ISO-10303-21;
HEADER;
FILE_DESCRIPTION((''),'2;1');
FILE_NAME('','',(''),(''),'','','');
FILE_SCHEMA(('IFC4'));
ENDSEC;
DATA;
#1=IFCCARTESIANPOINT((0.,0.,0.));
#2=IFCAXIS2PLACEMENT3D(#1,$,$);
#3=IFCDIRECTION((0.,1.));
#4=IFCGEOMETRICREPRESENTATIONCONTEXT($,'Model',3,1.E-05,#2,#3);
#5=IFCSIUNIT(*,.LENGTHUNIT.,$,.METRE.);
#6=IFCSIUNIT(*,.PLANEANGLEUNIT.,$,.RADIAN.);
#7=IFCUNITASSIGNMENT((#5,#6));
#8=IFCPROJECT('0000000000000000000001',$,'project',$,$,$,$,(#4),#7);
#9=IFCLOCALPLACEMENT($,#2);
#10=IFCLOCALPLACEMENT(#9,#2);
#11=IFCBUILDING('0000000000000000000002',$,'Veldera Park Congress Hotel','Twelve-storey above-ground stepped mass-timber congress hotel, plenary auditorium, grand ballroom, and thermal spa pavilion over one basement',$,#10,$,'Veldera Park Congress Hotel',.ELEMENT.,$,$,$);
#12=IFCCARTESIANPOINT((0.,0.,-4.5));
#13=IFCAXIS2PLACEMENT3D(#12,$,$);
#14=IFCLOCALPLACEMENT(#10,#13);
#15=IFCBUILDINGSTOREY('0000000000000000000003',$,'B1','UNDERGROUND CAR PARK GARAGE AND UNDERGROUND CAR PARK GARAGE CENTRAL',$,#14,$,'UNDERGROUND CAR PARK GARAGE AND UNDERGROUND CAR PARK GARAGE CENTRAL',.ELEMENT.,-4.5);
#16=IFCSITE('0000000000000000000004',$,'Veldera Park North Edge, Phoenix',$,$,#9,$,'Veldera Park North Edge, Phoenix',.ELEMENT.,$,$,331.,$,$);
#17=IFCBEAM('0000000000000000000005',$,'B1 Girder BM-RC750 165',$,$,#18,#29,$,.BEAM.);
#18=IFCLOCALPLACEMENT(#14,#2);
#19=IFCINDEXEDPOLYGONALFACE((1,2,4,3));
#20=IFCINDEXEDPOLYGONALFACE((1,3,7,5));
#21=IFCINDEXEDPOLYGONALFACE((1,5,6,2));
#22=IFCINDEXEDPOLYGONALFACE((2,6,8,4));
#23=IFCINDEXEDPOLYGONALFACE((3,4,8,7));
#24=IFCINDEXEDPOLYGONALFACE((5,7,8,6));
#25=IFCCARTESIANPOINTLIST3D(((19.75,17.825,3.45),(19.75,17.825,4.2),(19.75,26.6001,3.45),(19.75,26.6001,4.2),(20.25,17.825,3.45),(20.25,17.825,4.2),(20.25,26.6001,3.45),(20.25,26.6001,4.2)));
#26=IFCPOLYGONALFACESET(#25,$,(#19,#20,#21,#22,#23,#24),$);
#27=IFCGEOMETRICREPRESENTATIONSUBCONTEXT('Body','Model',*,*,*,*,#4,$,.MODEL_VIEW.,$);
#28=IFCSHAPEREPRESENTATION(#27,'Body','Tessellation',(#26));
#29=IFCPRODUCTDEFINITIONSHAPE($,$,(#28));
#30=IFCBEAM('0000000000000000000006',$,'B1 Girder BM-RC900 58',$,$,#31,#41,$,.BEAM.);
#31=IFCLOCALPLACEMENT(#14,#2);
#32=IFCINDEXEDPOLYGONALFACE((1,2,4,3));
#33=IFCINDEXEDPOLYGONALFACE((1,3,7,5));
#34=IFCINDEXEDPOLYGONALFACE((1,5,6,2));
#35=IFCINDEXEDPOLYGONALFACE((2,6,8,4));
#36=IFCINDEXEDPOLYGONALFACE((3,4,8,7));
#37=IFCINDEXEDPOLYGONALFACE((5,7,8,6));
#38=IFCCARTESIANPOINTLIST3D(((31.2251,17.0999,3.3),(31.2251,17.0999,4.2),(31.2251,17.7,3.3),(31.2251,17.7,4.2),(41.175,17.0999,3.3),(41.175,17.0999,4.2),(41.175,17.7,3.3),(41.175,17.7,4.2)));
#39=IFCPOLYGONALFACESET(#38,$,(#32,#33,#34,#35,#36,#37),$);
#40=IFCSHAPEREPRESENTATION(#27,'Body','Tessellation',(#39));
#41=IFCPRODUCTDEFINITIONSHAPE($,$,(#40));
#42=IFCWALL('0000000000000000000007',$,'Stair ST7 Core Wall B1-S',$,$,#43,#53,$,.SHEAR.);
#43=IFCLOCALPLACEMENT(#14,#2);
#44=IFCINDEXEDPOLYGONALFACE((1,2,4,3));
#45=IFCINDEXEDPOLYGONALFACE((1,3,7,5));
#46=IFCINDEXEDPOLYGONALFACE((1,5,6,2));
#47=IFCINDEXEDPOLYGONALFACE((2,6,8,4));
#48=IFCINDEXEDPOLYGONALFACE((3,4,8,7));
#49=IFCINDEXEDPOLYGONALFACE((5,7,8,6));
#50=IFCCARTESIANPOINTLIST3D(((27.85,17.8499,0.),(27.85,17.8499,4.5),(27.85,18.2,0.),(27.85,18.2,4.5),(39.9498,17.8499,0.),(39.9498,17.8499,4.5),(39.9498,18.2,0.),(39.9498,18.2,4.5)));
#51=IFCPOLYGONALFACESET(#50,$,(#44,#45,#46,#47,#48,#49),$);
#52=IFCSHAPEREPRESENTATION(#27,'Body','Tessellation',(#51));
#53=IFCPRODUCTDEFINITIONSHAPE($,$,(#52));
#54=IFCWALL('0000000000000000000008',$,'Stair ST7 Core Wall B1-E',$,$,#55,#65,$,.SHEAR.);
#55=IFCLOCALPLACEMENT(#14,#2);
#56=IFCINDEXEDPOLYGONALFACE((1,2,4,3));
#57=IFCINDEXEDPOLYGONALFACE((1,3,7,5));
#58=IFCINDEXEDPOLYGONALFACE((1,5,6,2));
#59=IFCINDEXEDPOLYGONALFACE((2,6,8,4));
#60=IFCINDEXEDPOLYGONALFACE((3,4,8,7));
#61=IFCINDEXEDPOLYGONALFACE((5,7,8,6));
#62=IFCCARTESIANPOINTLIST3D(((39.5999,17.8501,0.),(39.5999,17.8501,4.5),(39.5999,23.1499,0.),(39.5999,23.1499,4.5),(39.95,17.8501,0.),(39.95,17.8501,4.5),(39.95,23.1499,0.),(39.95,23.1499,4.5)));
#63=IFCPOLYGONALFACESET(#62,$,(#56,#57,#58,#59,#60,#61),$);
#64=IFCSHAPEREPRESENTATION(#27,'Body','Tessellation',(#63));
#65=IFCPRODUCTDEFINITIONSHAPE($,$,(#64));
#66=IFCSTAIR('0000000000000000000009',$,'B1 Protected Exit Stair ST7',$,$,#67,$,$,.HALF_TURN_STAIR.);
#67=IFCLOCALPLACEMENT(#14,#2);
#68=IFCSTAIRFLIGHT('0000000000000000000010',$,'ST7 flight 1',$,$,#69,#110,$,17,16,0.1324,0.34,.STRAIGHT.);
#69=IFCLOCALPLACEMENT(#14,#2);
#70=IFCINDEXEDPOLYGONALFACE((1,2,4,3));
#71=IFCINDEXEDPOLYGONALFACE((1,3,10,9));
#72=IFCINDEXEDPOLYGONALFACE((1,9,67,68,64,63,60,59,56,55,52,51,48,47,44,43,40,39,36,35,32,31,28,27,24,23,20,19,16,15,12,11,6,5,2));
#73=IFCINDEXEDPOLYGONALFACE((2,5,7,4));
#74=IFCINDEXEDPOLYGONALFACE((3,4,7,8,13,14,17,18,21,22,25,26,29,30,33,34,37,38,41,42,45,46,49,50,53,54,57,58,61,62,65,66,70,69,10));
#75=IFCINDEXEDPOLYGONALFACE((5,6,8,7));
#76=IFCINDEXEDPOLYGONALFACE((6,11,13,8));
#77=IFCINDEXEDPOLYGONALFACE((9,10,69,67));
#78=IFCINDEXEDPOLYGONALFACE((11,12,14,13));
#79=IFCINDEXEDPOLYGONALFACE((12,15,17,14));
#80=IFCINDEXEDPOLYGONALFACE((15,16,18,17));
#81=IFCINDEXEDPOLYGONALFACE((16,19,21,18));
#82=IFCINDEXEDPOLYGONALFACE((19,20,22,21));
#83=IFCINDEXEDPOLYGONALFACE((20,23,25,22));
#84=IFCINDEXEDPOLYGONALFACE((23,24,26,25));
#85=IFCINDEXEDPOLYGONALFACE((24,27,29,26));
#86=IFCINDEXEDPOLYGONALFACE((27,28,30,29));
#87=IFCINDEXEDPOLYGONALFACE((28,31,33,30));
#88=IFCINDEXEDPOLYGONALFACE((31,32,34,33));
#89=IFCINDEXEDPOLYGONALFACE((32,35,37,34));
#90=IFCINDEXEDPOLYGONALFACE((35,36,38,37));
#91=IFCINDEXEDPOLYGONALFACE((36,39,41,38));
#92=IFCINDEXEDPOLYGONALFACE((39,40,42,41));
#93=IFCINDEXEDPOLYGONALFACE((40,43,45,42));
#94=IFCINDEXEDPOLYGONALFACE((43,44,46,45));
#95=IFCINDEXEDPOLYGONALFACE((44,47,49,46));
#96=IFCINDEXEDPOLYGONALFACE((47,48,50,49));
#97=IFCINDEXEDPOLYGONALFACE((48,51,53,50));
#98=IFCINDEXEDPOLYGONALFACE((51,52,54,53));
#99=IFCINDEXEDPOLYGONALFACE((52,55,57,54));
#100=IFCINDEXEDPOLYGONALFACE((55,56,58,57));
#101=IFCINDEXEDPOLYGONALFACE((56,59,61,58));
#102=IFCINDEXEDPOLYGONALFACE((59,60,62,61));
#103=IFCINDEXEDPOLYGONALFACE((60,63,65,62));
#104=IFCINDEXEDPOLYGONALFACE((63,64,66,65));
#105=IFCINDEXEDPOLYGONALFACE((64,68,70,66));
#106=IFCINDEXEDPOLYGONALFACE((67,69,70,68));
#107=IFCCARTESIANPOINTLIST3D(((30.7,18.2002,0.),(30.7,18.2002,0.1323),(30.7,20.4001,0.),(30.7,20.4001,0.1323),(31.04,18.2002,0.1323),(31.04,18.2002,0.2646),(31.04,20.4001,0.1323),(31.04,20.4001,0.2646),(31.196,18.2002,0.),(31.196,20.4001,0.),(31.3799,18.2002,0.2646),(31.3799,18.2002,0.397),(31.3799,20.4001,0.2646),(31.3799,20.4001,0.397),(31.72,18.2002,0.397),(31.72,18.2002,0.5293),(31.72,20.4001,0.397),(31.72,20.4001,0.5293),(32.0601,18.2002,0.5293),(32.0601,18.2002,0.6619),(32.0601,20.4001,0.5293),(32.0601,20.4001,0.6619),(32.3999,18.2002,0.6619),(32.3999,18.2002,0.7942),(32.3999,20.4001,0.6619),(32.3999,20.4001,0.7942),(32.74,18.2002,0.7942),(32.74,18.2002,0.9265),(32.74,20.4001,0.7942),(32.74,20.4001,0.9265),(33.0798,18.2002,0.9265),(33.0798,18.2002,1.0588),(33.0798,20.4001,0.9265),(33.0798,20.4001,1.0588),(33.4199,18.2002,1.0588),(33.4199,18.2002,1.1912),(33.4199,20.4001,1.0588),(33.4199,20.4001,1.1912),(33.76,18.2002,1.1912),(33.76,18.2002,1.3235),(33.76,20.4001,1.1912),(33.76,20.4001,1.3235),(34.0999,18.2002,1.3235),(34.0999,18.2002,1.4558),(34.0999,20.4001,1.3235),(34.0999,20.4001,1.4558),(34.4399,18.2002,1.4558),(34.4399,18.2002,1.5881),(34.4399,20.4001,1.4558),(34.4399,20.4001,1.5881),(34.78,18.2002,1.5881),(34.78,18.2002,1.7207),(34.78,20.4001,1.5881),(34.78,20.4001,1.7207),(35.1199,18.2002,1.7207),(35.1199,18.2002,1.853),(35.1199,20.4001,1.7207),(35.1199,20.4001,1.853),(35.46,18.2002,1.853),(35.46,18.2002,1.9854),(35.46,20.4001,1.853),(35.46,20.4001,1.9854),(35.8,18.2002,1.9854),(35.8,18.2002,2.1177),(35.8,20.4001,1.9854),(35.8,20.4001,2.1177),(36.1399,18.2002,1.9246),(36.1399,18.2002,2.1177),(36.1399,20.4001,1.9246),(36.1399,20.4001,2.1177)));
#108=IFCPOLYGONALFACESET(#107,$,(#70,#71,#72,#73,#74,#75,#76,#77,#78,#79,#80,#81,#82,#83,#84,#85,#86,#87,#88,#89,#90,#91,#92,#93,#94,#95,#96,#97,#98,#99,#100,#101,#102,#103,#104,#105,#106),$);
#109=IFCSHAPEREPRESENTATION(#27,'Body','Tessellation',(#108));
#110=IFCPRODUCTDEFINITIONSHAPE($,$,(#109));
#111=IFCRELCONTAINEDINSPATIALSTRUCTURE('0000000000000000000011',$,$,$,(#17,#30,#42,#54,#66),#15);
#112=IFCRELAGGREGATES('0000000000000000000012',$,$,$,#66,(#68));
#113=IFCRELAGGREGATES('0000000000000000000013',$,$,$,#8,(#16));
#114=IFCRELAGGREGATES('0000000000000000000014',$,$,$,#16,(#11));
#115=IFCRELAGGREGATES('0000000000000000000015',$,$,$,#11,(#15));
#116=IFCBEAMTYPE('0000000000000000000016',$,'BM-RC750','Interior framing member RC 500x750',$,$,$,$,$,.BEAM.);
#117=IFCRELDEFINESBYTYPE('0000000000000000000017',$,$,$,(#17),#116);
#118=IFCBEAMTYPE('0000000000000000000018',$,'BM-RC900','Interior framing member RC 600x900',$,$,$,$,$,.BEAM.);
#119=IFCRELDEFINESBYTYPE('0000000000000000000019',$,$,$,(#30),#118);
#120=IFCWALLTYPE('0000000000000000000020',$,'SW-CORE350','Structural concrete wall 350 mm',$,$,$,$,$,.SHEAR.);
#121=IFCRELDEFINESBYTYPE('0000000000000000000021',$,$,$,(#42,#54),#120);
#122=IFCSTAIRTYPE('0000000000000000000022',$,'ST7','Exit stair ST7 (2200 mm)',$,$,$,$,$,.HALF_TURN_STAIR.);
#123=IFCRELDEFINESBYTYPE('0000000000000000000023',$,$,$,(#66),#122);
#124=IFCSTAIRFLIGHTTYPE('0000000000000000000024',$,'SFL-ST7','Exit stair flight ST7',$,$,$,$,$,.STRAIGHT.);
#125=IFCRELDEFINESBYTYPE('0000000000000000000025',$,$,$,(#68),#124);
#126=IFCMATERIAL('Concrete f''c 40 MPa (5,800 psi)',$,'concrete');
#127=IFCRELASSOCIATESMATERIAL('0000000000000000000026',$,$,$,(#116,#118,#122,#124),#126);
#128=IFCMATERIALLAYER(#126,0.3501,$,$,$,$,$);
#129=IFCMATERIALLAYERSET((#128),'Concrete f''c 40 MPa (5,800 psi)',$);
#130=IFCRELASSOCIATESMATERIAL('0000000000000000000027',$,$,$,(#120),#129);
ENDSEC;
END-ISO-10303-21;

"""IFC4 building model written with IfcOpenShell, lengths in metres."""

from ifc_helpers import new_model, si_unit, direction, frame, frame_2d, origin, origin_2d, place, context, subcontext, project, spatial, polyline, rectangle, outline, extrude, material, layer, layer_set, material_profile, profile_set, type_object, element, aggregate, save


model = new_model("IFC4")

# Units and contexts
model_context = context("Model", 3, precision=1e-05, world=origin(), true_north=direction((0.0, 1.0)))
body_context = subcontext(model_context, "Body", "Model", "MODEL_VIEW")
ifc_project = project(units=[si_unit("LENGTHUNIT", "METRE"), si_unit("PLANEANGLEUNIT", "RADIAN")], contexts=[model_context])

# Site, building, storey
site_placement = place(None, origin())
site = spatial("IfcSite", under=ifc_project, at=site_placement, Name="Veldera Park North Edge, Phoenix", LongName="Veldera Park North Edge, Phoenix", CompositionType="ELEMENT", RefElevation=331.0)
building_placement = place(site_placement, origin())
building = spatial("IfcBuilding", under=site, at=building_placement, Name="Veldera Park Congress Hotel", Description="Twelve-storey above-ground stepped mass-timber congress hotel, plenary auditorium, grand ballroom, and thermal spa pavilion over one basement", LongName="Veldera Park Congress Hotel", CompositionType="ELEMENT")
storey_placement = place(building_placement, frame((0.0, 0.0, -4.5)))
storey = spatial("IfcBuildingStorey", under=building, at=storey_placement, Name="B1", Description="UNDERGROUND CAR PARK GARAGE AND UNDERGROUND CAR PARK GARAGE CENTRAL", LongName="UNDERGROUND CAR PARK GARAGE AND UNDERGROUND CAR PARK GARAGE CENTRAL", CompositionType="ELEMENT", Elevation=-4.5)

# Shared definitions
ifc_material_1 = material(Name="Concrete f'c 40 MPa (5,800 psi)", Category="concrete")

# Beams
ifc_material_profile_1 = material_profile(ifc_material_1, rectangle(XDim=0.5, YDim=0.75, at=origin_2d()), Name="RC 500x750")
ifc_profile_set_1 = profile_set([ifc_material_profile_1], Name="Concrete f'c 40 MPa (5,800 psi)")
beam_type_1 = type_object("IfcBeamType", Name="BM-RC750", Description="Interior framing member RC 500x750", PredefinedType="BEAM", material=ifc_profile_set_1)
beam_1_placement = place(storey_placement, frame((20.0, 17.825, 3.825), z_axis=(0.0, 1.0, 0.0), x_axis=(-1.0, 0.0, 0.0)))
element("IfcBeam", 1, at=beam_1_placement, inside=storey, type_object=beam_type_1, Name="B1 Girder BM-RC750 165", PredefinedType="BEAM", context=body_context, shape_type="SweptSolid", body=[
    extrude(rectangle(XDim=0.5, YDim=0.75, at=origin_2d()), origin(), (0.0, 0.0, 1.0), 8.7751),
])
ifc_material_profile_2 = material_profile(ifc_material_1, rectangle(XDim=0.6001, YDim=0.8999, at=origin_2d()), Name="RC 600x900")
ifc_profile_set_2 = profile_set([ifc_material_profile_2], Name="Concrete f'c 40 MPa (5,800 psi)")
beam_type_2 = type_object("IfcBeamType", Name="BM-RC900", Description="Interior framing member RC 600x900", PredefinedType="BEAM", material=ifc_profile_set_2)
beam_2_placement = place(storey_placement, frame((31.2251, 17.3999, 3.75), z_axis=(1.0, 0.0, 0.0), x_axis=(0.0, 1.0, 0.0)))
element("IfcBeam", 2, at=beam_2_placement, inside=storey, type_object=beam_type_2, Name="B1 Girder BM-RC900 58", PredefinedType="BEAM", context=body_context, shape_type="SweptSolid", body=[
    extrude(rectangle(XDim=0.6001, YDim=0.8999, at=origin_2d()), origin(), (0.0, 0.0, 1.0), 9.95),
])

# Walls
ifc_layer = layer(ifc_material_1, 0.3501)
ifc_layer_set = layer_set([ifc_layer], Name="Concrete f'c 40 MPa (5,800 psi)")
wall_type = type_object("IfcWallType", Name="SW-CORE350", Description="Structural concrete wall 350 mm", PredefinedType="SHEAR", material=ifc_layer_set)
wall_1_placement = place(storey_placement, frame((27.8501, 18.0249, 0.0), z_axis=(0.0, 0.0, 1.0), x_axis=(1.0, 0.0, 0.0)))
element("IfcWall", 3, at=wall_1_placement, inside=storey, type_object=wall_type, Name="Stair ST7 Core Wall B1-S", PredefinedType="SHEAR", context=body_context, shape_type="SweptSolid", body=[
    extrude(rectangle(XDim=12.0999, YDim=0.3501, at=frame_2d((6.0498, 0.0))), origin(), (0.0, 0.0, 1.0), 4.5),
])
wall_2_placement = place(storey_placement, frame((39.7749, 17.8501, 0.0), z_axis=(0.0, 0.0, 1.0), x_axis=(0.0, 1.0, 0.0)))
element("IfcWall", 4, at=wall_2_placement, inside=storey, type_object=wall_type, Name="Stair ST7 Core Wall B1-E", PredefinedType="SHEAR", context=body_context, shape_type="SweptSolid", body=[
    extrude(rectangle(XDim=5.2998, YDim=0.3501, at=frame_2d((2.6499, 0.0))), origin(), (0.0, 0.0, 1.0), 4.5),
])

# Stair, stair flight
stair_type = type_object("IfcStairType", Name="ST7", Description="Exit stair ST7 (2200 mm)", PredefinedType="HALF_TURN_STAIR", material=ifc_material_1)
stair_placement = place(storey_placement, origin())
stair = element("IfcStair", 5, at=stair_placement, inside=storey, type_object=stair_type, Name="B1 Protected Exit Stair ST7", PredefinedType="HALF_TURN_STAIR")
stair_flight_type = type_object("IfcStairFlightType", Name="SFL-ST7", Description="Exit stair flight ST7", PredefinedType="STRAIGHT", material=ifc_material_1)
stair_flight_placement = place(storey_placement, frame((30.7, 19.3, 0.0), z_axis=(0.0, 0.0, 1.0), x_axis=(1.0, 0.0, 0.0)))
stair_flight = element("IfcStairFlight", 6, at=stair_flight_placement, type_object=stair_flight_type, Name="ST7 flight 1", NumberOfRisers=17, NumberOfTreads=16, PredefinedType="STRAIGHT", RiserHeight=0.1324, TreadLength=0.34, context=body_context, shape_type="SweptSolid", body=[
    extrude(outline(polyline([(0.0, 0.0), (0.0, 0.1323), (0.3401, 0.1323), (0.3401, 0.2646), (0.6799, 0.2646), (0.6799, 0.397), (1.02, 0.397), (1.02, 0.5293), (1.3601, 0.5293), (1.3601, 0.6619), (1.7, 0.6619), (1.7, 0.7942), (2.04, 0.7942), (2.04, 0.9265), (2.3799, 0.9265), (2.3799, 1.0588), (2.72, 1.0588), (2.72, 1.1912), (3.0601, 1.1912), (3.0601, 1.3235), (3.3999, 1.3235), (3.3999, 1.4558), (3.74, 1.4558), (3.74, 1.5881), (4.0801, 1.5881), (4.0801, 1.7207), (4.4199, 1.7207), (4.4199, 1.853), (4.76, 1.853), (4.76, 1.9854), (5.1001, 1.9854), (5.1001, 2.1177), (5.4399, 2.1177), (5.4399, 2.25), (5.4399, 2.25), (5.4399, 1.9246), (0.4961, 0.0), (0.0, 0.0)])), frame((0.0, 1.1001, 0.0), z_axis=(0.0, -1.0, 0.0), x_axis=(1.0, 0.0, 0.0)), (0.0, 0.0, 1.0), 2.2),
])
aggregate(stair, [stair_flight])

save(model, "model.ifc")
